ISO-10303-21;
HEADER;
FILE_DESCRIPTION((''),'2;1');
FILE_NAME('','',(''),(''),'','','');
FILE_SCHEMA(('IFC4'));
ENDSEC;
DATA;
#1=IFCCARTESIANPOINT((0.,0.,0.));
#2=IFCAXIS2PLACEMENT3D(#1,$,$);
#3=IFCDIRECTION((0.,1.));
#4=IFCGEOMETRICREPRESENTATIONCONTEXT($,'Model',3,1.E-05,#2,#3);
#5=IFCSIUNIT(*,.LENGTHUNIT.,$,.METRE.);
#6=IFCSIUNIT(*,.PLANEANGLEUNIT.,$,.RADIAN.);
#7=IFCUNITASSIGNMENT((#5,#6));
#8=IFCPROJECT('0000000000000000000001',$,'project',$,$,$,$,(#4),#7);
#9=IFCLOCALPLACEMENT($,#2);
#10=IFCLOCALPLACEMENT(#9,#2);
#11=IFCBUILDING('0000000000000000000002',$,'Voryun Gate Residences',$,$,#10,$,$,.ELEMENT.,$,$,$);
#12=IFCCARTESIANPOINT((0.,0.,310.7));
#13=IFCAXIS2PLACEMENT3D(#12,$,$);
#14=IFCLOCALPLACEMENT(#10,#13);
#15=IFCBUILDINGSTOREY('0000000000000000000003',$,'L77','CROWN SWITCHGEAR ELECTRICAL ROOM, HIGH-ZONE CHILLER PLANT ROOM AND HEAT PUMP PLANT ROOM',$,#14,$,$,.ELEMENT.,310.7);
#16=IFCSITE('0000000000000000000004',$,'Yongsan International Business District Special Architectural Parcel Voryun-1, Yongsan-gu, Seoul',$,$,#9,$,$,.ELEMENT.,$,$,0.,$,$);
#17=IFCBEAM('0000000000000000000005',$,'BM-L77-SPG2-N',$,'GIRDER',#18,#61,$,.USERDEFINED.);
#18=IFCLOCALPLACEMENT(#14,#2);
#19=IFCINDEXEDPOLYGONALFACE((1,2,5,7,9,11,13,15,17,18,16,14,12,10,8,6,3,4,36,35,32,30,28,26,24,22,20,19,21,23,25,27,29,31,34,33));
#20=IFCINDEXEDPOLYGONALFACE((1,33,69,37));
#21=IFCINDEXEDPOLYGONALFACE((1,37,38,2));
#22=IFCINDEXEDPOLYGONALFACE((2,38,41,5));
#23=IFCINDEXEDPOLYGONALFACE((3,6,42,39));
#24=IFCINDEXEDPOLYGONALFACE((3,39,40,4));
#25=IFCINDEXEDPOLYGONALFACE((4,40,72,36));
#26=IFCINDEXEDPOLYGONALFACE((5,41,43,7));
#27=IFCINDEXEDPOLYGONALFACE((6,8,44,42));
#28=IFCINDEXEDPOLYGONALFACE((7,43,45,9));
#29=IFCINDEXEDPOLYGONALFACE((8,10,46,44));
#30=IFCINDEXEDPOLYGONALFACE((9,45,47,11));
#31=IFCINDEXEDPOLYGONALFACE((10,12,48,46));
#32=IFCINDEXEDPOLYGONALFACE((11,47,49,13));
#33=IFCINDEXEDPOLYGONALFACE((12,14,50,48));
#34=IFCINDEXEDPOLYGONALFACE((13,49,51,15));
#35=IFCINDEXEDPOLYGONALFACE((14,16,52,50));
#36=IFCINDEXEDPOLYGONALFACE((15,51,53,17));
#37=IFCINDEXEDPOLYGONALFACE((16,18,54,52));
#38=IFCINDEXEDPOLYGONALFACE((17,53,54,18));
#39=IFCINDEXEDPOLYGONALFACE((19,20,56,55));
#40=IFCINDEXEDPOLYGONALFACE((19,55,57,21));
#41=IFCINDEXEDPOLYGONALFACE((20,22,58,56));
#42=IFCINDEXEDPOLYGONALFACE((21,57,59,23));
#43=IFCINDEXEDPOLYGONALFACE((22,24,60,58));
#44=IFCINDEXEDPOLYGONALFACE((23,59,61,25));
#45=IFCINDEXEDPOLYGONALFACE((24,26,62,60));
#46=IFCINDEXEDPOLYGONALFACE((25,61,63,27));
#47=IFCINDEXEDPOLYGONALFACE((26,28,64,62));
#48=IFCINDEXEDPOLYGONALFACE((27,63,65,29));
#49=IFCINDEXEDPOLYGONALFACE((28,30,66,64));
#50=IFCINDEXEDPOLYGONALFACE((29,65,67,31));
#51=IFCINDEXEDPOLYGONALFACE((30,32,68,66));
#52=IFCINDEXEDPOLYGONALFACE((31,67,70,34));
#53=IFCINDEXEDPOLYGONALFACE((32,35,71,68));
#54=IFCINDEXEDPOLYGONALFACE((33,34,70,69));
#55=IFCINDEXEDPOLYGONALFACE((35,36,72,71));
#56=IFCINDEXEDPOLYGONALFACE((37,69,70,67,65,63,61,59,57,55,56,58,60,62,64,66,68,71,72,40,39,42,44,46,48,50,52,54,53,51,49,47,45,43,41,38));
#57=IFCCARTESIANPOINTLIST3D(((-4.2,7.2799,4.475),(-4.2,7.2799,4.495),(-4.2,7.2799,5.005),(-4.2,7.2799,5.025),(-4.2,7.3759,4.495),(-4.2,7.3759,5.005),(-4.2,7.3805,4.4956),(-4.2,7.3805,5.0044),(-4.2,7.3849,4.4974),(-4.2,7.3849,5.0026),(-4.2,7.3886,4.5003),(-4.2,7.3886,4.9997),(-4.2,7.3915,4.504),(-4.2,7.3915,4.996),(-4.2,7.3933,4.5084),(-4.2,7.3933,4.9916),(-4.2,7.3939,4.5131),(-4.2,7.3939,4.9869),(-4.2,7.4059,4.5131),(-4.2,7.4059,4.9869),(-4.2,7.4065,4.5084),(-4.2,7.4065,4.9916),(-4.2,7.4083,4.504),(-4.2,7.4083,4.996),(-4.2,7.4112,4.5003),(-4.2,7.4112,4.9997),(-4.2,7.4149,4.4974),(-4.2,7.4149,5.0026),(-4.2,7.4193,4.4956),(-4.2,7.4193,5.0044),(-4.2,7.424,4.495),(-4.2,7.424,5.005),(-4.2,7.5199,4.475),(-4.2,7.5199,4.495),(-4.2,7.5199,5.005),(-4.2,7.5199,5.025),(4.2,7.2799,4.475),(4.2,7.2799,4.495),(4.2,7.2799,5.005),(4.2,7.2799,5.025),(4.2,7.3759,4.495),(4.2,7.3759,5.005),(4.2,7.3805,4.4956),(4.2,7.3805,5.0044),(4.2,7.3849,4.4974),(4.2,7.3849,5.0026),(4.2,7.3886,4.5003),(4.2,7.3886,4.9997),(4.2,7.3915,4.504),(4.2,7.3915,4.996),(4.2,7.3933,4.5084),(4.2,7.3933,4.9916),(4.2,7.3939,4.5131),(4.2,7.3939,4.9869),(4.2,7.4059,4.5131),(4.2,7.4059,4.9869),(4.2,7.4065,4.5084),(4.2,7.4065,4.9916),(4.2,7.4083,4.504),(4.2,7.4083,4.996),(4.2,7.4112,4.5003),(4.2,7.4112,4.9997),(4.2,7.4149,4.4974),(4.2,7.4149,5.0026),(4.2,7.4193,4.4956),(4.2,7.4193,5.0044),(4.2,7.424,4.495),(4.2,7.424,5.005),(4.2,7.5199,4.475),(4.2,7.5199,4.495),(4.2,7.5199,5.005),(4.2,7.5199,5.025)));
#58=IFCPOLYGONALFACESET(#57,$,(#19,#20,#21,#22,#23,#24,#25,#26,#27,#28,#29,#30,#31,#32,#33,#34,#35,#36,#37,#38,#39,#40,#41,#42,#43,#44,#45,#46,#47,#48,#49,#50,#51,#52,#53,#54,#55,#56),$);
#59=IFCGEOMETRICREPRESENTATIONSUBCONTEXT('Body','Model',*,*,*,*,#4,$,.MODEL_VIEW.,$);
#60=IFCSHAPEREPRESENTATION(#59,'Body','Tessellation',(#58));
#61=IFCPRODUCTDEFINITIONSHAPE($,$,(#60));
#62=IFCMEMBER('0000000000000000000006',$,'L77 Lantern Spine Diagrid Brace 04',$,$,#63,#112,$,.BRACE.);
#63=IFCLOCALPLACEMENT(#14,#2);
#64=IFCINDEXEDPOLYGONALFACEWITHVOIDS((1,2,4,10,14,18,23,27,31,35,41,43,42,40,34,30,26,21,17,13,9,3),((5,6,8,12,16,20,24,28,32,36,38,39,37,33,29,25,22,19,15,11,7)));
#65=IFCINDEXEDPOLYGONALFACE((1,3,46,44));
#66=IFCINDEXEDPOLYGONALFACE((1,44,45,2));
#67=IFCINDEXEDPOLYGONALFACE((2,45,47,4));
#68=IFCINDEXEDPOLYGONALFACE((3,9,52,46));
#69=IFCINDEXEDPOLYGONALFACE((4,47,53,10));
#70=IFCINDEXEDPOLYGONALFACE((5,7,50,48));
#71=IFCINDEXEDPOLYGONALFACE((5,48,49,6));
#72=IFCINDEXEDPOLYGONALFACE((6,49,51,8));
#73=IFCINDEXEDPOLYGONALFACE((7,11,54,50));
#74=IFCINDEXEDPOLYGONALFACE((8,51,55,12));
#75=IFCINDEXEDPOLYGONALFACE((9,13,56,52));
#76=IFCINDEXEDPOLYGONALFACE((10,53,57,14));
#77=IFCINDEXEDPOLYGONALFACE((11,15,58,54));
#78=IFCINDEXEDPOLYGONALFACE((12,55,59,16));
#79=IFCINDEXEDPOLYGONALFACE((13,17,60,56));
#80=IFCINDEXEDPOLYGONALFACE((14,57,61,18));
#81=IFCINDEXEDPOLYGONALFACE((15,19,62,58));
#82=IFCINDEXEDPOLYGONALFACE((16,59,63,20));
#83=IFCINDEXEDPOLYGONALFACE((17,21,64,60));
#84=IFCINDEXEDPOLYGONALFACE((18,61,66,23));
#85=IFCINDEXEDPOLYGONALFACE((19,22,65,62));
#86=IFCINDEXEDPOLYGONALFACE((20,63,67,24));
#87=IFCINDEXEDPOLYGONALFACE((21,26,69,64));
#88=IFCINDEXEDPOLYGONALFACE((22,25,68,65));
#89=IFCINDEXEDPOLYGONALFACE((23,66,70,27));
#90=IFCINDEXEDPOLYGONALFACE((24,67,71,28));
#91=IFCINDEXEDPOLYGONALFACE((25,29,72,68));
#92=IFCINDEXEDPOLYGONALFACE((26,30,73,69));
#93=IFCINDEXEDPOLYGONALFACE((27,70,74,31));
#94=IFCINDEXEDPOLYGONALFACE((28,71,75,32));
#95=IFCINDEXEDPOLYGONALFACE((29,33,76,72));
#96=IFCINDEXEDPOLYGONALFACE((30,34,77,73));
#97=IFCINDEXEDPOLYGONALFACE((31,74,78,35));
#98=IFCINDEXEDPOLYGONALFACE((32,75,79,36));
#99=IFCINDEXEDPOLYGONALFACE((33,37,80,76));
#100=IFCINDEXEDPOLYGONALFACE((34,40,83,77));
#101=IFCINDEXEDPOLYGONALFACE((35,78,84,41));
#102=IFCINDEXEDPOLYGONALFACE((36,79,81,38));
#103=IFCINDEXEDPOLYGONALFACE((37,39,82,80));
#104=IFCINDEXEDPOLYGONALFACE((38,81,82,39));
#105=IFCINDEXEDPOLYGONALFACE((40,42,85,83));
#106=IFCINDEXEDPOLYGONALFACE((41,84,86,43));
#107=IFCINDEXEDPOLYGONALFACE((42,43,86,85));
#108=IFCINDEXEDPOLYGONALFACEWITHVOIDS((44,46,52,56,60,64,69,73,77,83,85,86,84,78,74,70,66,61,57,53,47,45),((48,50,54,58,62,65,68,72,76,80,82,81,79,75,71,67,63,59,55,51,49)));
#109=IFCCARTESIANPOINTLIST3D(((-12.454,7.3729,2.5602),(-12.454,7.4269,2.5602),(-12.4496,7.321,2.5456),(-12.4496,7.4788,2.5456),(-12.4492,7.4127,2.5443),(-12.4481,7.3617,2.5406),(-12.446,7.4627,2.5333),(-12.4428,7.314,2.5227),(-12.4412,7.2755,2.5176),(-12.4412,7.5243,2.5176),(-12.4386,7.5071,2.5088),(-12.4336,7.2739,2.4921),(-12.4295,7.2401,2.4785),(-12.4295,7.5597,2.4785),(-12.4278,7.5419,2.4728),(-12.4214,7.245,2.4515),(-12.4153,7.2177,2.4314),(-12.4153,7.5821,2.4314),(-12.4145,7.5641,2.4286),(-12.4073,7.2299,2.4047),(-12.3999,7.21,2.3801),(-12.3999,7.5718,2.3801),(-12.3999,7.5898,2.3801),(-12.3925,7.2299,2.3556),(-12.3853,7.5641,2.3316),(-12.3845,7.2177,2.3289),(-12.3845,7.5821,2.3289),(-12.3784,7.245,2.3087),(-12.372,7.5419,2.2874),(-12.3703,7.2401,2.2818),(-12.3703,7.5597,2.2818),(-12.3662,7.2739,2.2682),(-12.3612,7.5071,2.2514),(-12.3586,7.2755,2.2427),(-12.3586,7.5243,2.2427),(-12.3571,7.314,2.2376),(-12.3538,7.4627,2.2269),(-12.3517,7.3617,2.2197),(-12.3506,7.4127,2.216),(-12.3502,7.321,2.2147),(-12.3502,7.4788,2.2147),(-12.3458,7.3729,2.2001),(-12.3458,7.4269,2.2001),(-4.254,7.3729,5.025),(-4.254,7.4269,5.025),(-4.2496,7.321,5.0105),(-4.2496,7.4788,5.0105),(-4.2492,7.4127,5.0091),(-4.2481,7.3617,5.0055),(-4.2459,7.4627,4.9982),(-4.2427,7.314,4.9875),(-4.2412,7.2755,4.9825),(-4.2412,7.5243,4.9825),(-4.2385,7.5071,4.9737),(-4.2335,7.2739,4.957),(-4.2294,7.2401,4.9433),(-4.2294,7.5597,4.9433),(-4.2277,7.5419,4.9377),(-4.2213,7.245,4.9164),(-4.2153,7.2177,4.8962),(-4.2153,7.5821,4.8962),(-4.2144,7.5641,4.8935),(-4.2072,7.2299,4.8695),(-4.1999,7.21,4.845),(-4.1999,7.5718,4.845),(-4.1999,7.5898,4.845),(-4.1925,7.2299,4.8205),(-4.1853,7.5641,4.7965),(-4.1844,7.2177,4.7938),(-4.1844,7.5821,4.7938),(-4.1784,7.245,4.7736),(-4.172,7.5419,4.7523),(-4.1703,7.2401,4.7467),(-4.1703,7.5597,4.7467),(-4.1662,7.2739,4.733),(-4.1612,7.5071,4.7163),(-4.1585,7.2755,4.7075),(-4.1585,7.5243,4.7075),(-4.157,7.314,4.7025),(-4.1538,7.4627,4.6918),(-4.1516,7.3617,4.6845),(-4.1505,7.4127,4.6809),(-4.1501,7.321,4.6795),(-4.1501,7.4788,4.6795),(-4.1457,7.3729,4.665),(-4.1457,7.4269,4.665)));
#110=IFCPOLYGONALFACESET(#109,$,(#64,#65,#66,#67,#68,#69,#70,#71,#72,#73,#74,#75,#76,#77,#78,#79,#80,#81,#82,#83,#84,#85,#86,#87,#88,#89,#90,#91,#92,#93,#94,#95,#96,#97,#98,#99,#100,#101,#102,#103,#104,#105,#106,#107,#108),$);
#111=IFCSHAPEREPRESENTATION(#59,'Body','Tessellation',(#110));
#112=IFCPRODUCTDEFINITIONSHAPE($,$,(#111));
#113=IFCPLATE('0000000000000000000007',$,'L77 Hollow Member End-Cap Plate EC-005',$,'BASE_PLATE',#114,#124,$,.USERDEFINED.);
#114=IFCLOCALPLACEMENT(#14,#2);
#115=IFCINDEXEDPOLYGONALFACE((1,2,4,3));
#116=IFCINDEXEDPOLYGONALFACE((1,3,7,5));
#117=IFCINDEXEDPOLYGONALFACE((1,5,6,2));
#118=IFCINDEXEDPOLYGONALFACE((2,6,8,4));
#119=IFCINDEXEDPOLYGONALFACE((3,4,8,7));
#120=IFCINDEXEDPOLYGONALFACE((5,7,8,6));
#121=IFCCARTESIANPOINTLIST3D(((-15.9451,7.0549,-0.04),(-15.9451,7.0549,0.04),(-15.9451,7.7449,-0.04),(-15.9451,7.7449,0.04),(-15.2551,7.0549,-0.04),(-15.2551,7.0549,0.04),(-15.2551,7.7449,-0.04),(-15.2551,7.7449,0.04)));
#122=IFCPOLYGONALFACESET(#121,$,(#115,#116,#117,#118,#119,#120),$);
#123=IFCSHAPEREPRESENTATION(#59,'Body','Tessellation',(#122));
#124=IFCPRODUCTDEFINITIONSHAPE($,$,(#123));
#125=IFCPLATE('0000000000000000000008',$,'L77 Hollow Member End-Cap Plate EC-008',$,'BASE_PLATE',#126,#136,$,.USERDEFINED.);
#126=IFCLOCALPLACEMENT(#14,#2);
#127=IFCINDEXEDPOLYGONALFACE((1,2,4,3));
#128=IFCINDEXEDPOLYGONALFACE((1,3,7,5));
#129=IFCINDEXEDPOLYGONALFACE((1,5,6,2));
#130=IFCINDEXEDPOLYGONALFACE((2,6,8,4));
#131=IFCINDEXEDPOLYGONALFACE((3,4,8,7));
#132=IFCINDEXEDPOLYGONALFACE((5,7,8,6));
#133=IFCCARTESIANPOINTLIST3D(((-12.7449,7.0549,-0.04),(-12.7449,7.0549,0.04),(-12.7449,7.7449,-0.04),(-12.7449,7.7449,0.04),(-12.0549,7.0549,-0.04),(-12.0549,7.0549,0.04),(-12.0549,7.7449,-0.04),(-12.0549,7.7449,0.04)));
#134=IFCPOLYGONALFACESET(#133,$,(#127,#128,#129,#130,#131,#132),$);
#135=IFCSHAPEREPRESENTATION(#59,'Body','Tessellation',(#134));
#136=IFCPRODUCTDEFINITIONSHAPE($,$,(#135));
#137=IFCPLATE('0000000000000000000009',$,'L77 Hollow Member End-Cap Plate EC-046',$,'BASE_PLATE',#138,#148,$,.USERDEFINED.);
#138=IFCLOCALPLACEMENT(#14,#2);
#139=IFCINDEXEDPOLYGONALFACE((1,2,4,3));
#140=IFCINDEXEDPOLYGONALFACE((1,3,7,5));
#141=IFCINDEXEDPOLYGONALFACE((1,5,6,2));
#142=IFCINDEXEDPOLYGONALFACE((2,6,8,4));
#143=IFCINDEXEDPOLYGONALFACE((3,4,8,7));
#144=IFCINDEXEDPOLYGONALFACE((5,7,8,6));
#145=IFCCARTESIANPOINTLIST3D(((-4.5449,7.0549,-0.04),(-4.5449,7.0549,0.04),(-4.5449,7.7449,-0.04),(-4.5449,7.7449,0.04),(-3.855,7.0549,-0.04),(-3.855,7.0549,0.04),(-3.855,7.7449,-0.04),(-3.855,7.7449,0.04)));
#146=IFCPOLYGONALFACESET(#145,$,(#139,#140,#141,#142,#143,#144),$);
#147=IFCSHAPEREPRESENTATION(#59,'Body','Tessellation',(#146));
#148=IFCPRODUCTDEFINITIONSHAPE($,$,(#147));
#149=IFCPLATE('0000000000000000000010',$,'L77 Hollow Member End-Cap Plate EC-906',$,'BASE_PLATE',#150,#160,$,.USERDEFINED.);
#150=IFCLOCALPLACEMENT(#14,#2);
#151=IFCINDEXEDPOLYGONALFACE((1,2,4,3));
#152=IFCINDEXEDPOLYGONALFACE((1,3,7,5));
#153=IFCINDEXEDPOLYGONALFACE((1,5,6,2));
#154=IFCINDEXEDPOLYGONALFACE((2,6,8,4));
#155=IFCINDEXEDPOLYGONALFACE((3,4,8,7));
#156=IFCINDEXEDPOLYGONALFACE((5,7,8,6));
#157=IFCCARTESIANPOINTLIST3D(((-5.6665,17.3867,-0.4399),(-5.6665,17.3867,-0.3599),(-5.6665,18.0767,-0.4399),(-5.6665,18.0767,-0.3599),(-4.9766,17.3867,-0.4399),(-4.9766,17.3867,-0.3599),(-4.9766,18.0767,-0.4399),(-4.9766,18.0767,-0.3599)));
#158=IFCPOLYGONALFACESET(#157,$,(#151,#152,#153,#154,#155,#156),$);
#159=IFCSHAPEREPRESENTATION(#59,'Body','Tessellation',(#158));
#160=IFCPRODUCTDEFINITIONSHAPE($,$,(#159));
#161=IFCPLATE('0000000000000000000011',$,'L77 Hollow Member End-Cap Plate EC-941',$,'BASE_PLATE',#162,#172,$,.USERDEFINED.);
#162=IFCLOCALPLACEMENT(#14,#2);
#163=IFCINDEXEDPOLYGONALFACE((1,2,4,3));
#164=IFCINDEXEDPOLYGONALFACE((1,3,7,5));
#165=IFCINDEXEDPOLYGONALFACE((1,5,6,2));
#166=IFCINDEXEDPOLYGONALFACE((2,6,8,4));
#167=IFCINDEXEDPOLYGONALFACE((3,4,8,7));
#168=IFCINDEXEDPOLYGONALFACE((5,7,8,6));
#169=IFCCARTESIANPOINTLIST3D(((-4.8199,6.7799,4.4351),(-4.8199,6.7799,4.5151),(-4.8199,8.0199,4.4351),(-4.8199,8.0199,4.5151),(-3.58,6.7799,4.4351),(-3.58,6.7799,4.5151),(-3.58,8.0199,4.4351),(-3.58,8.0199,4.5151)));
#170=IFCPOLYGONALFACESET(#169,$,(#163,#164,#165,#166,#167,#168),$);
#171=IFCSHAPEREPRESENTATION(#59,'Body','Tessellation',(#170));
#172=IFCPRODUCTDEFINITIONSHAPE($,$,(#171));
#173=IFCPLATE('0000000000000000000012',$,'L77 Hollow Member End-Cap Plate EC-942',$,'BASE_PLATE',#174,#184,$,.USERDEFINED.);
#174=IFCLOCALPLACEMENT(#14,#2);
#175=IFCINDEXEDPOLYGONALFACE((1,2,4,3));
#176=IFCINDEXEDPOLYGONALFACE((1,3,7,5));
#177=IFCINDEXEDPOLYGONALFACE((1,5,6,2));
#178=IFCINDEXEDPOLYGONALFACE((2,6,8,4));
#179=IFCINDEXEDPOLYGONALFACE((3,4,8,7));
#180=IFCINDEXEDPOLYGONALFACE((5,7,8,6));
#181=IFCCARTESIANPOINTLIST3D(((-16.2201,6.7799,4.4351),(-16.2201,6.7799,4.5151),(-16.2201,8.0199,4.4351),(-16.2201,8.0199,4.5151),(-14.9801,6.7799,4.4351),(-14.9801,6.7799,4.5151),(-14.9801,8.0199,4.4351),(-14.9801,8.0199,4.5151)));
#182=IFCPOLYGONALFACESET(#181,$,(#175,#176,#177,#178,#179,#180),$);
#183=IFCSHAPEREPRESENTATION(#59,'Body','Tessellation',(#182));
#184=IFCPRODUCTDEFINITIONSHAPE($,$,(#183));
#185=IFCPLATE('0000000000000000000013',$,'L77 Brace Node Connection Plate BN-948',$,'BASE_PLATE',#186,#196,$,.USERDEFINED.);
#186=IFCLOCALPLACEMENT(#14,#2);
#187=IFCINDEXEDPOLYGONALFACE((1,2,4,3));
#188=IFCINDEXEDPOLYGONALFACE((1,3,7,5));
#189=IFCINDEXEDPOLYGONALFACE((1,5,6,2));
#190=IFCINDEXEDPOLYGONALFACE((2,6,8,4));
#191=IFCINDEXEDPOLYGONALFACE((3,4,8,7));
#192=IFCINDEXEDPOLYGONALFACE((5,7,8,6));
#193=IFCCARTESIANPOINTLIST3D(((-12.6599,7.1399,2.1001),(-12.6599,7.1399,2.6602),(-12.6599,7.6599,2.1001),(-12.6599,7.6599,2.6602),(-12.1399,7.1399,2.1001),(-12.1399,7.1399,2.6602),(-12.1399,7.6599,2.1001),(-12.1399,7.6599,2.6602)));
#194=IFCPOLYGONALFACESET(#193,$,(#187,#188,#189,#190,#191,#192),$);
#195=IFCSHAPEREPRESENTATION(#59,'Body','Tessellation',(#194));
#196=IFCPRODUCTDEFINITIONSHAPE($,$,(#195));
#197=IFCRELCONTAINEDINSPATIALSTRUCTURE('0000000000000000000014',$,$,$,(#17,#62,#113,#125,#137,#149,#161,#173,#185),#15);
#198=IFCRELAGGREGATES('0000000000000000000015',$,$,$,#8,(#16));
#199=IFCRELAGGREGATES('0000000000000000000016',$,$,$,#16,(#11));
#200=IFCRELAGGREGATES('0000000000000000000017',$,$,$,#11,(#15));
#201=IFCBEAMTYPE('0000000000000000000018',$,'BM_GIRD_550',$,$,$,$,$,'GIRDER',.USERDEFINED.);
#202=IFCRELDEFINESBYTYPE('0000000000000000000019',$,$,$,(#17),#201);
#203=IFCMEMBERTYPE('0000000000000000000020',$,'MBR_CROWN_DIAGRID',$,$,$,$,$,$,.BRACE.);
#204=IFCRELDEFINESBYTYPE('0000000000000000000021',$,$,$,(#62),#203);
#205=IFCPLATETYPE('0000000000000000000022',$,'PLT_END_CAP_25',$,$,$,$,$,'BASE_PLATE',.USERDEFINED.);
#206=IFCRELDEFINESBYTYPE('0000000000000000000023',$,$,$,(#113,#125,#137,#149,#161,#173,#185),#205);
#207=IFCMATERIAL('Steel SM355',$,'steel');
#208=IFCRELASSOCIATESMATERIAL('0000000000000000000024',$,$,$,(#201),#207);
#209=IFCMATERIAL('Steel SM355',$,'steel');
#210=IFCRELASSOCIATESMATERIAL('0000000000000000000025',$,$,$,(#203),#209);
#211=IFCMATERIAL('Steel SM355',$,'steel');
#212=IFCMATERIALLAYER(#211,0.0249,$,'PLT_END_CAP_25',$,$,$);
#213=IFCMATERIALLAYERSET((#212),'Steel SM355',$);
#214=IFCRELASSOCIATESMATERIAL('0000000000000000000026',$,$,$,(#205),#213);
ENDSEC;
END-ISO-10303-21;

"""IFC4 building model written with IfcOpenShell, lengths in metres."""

from ifc_helpers import new_model, si_unit, direction, frame, origin, origin_2d, place, context, subcontext, project, spatial, rectangle, hollow_circle, i_section, extrude, material, layer, layer_set, material_profile, profile_set, type_object, element, save


model = new_model("IFC4")

# Units and contexts
model_context = context("Model", 3, precision=1e-05, world=origin(), true_north=direction((0.0, 1.0)))
body_context = subcontext(model_context, "Body", "Model", "MODEL_VIEW")
ifc_project = project(units=[si_unit("LENGTHUNIT", "METRE"), si_unit("PLANEANGLEUNIT", "RADIAN")], contexts=[model_context])

# Site, building, storey
site_placement = place(None, origin())
site = spatial("IfcSite", under=ifc_project, at=site_placement, Name="Yongsan International Business District Special Architectural Parcel Voryun-1, Yongsan-gu, Seoul", CompositionType="ELEMENT", RefElevation=0.0)
building_placement = place(site_placement, origin())
building = spatial("IfcBuilding", under=site, at=building_placement, Name="Voryun Gate Residences", CompositionType="ELEMENT")
storey_placement = place(building_placement, frame((0.0, 0.0, 310.7)))
storey = spatial("IfcBuildingStorey", under=building, at=storey_placement, Name="L77", Description="CROWN SWITCHGEAR ELECTRICAL ROOM, HIGH-ZONE CHILLER PLANT ROOM AND HEAT PUMP PLANT ROOM", CompositionType="ELEMENT", Elevation=310.7)

# Beam
ifc_material_1 = material(Name="Steel SM355", Category="steel")
ifc_material_profile_1 = material_profile(ifc_material_1, i_section(OverallWidth=0.24, OverallDepth=0.55, WebThickness=0.012, FlangeThickness=0.02, FilletRadius=0.0181, at=origin_2d()), Name="H-550x240x12x20")
ifc_profile_set_1 = profile_set([ifc_material_profile_1], Name="Steel SM355")
beam_type_1 = type_object("IfcBeamType", Name="BM_GIRD_550", ElementType="GIRDER", PredefinedType="USERDEFINED", material=ifc_profile_set_1)
beam_1_placement = place(storey_placement, frame((-4.2, 7.3999, 4.75), z_axis=(1.0, 0.0, 0.0), x_axis=(0.0, 1.0, 0.0)))
element("IfcBeam", 1, at=beam_1_placement, inside=storey, type_object=beam_type_1, Name="BM-L77-SPG2-N", ObjectType="GIRDER", PredefinedType="USERDEFINED", context=body_context, shape_type="SweptSolid", body=[
    extrude(i_section(OverallWidth=0.24, OverallDepth=0.55, WebThickness=0.012, FlangeThickness=0.02, FilletRadius=0.0181, at=origin_2d()), origin(), (0.0, 0.0, 1.0), 8.3999),
])

# Member
ifc_material_2 = material(Name="Steel SM355", Category="steel")
ifc_material_profile_2 = material_profile(ifc_material_2, hollow_circle(Radius=0.1899, WallThickness=0.0181, at=origin_2d()), Name="CHS-380x18")
ifc_profile_set_2 = profile_set([ifc_material_profile_2], Name="Steel SM355")
member_type = type_object("IfcMemberType", Name="MBR_CROWN_DIAGRID", PredefinedType="BRACE", material=ifc_profile_set_2)
member_placement = place(storey_placement, frame((-12.3999, 7.3999, 2.3801), z_axis=(0.95767, 0.0, 0.287868), x_axis=(0.0, 1.0, 0.0)))
element("IfcMember", 2, at=member_placement, inside=storey, type_object=member_type, Name="L77 Lantern Spine Diagrid Brace 04", PredefinedType="BRACE", context=body_context, shape_type="SweptSolid", body=[
    extrude(hollow_circle(Radius=0.1899, WallThickness=0.0181, at=origin_2d()), origin(), (0.0, 0.0, 1.0), 8.5625),
])

# Plates
ifc_material_3 = material(Name="Steel SM355", Category="steel")
ifc_layer_1 = layer(ifc_material_3, 0.0249, Name="PLT_END_CAP_25")
ifc_layer_set_1 = layer_set([ifc_layer_1], Name="Steel SM355")
plate_type_1 = type_object("IfcPlateType", Name="PLT_END_CAP_25", ElementType="BASE_PLATE", PredefinedType="USERDEFINED", material=ifc_layer_set_1)
for number, where, z_axis, x_axis, name in (
    (3, (-15.6001, 7.3999, -0.04), (0.0, 0.0, 1.0), (1.0, 0.0, 0.0), "L77 Hollow Member End-Cap Plate EC-005"),
    (4, (-12.3999, 7.3999, -0.04), (0.0, 0.0, 1.0), (1.0, 0.0, 0.0), "L77 Hollow Member End-Cap Plate EC-008"),
    (5, (-4.2, 7.3999, -0.04), (0.0, 0.0, 1.0), (1.0, 0.0, 0.0), "L77 Hollow Member End-Cap Plate EC-046"),
    (6, (-5.3215, 17.7317, -0.4399), (0.0, 0.0, 1.0), (1.0, 0.0, 0.0), "L77 Hollow Member End-Cap Plate EC-906"),
):
    element("IfcPlate", number, at=place(storey_placement, frame(where, z_axis=z_axis, x_axis=x_axis)), inside=storey, type_object=plate_type_1, Name=name, ObjectType="BASE_PLATE", PredefinedType="USERDEFINED", context=body_context, shape_type="SweptSolid", body=[
        extrude(rectangle(XDim=0.6899, YDim=0.6899, at=origin_2d()), origin(), (0.0, 0.0, 1.0), 0.0801),
    ])
for number, where, z_axis, x_axis, name in (
    (7, (-4.2, 7.3999, 4.4351), (0.0, 0.0, 1.0), (1.0, 0.0, 0.0), "L77 Hollow Member End-Cap Plate EC-941"),
    (8, (-15.6001, 7.3999, 4.4351), (0.0, 0.0, 1.0), (1.0, 0.0, 0.0), "L77 Hollow Member End-Cap Plate EC-942"),
):
    element("IfcPlate", number, at=place(storey_placement, frame(where, z_axis=z_axis, x_axis=x_axis)), inside=storey, type_object=plate_type_1, Name=name, ObjectType="BASE_PLATE", PredefinedType="USERDEFINED", context=body_context, shape_type="SweptSolid", body=[
        extrude(rectangle(XDim=1.24, YDim=1.24, at=origin_2d()), origin(), (0.0, 0.0, 1.0), 0.0801),
    ])
plate_1_placement = place(storey_placement, frame((-12.3999, 7.3999, 2.1001), z_axis=(0.0, 0.0, 1.0), x_axis=(1.0, 0.0, 0.0)))
element("IfcPlate", 9, at=plate_1_placement, inside=storey, type_object=plate_type_1, Name="L77 Brace Node Connection Plate BN-948", ObjectType="BASE_PLATE", PredefinedType="USERDEFINED", context=body_context, shape_type="SweptSolid", body=[
    extrude(rectangle(XDim=0.52, YDim=0.52, at=origin_2d()), origin(), (0.0, 0.0, 1.0), 0.5601),
])

save(model, "model.ifc")
